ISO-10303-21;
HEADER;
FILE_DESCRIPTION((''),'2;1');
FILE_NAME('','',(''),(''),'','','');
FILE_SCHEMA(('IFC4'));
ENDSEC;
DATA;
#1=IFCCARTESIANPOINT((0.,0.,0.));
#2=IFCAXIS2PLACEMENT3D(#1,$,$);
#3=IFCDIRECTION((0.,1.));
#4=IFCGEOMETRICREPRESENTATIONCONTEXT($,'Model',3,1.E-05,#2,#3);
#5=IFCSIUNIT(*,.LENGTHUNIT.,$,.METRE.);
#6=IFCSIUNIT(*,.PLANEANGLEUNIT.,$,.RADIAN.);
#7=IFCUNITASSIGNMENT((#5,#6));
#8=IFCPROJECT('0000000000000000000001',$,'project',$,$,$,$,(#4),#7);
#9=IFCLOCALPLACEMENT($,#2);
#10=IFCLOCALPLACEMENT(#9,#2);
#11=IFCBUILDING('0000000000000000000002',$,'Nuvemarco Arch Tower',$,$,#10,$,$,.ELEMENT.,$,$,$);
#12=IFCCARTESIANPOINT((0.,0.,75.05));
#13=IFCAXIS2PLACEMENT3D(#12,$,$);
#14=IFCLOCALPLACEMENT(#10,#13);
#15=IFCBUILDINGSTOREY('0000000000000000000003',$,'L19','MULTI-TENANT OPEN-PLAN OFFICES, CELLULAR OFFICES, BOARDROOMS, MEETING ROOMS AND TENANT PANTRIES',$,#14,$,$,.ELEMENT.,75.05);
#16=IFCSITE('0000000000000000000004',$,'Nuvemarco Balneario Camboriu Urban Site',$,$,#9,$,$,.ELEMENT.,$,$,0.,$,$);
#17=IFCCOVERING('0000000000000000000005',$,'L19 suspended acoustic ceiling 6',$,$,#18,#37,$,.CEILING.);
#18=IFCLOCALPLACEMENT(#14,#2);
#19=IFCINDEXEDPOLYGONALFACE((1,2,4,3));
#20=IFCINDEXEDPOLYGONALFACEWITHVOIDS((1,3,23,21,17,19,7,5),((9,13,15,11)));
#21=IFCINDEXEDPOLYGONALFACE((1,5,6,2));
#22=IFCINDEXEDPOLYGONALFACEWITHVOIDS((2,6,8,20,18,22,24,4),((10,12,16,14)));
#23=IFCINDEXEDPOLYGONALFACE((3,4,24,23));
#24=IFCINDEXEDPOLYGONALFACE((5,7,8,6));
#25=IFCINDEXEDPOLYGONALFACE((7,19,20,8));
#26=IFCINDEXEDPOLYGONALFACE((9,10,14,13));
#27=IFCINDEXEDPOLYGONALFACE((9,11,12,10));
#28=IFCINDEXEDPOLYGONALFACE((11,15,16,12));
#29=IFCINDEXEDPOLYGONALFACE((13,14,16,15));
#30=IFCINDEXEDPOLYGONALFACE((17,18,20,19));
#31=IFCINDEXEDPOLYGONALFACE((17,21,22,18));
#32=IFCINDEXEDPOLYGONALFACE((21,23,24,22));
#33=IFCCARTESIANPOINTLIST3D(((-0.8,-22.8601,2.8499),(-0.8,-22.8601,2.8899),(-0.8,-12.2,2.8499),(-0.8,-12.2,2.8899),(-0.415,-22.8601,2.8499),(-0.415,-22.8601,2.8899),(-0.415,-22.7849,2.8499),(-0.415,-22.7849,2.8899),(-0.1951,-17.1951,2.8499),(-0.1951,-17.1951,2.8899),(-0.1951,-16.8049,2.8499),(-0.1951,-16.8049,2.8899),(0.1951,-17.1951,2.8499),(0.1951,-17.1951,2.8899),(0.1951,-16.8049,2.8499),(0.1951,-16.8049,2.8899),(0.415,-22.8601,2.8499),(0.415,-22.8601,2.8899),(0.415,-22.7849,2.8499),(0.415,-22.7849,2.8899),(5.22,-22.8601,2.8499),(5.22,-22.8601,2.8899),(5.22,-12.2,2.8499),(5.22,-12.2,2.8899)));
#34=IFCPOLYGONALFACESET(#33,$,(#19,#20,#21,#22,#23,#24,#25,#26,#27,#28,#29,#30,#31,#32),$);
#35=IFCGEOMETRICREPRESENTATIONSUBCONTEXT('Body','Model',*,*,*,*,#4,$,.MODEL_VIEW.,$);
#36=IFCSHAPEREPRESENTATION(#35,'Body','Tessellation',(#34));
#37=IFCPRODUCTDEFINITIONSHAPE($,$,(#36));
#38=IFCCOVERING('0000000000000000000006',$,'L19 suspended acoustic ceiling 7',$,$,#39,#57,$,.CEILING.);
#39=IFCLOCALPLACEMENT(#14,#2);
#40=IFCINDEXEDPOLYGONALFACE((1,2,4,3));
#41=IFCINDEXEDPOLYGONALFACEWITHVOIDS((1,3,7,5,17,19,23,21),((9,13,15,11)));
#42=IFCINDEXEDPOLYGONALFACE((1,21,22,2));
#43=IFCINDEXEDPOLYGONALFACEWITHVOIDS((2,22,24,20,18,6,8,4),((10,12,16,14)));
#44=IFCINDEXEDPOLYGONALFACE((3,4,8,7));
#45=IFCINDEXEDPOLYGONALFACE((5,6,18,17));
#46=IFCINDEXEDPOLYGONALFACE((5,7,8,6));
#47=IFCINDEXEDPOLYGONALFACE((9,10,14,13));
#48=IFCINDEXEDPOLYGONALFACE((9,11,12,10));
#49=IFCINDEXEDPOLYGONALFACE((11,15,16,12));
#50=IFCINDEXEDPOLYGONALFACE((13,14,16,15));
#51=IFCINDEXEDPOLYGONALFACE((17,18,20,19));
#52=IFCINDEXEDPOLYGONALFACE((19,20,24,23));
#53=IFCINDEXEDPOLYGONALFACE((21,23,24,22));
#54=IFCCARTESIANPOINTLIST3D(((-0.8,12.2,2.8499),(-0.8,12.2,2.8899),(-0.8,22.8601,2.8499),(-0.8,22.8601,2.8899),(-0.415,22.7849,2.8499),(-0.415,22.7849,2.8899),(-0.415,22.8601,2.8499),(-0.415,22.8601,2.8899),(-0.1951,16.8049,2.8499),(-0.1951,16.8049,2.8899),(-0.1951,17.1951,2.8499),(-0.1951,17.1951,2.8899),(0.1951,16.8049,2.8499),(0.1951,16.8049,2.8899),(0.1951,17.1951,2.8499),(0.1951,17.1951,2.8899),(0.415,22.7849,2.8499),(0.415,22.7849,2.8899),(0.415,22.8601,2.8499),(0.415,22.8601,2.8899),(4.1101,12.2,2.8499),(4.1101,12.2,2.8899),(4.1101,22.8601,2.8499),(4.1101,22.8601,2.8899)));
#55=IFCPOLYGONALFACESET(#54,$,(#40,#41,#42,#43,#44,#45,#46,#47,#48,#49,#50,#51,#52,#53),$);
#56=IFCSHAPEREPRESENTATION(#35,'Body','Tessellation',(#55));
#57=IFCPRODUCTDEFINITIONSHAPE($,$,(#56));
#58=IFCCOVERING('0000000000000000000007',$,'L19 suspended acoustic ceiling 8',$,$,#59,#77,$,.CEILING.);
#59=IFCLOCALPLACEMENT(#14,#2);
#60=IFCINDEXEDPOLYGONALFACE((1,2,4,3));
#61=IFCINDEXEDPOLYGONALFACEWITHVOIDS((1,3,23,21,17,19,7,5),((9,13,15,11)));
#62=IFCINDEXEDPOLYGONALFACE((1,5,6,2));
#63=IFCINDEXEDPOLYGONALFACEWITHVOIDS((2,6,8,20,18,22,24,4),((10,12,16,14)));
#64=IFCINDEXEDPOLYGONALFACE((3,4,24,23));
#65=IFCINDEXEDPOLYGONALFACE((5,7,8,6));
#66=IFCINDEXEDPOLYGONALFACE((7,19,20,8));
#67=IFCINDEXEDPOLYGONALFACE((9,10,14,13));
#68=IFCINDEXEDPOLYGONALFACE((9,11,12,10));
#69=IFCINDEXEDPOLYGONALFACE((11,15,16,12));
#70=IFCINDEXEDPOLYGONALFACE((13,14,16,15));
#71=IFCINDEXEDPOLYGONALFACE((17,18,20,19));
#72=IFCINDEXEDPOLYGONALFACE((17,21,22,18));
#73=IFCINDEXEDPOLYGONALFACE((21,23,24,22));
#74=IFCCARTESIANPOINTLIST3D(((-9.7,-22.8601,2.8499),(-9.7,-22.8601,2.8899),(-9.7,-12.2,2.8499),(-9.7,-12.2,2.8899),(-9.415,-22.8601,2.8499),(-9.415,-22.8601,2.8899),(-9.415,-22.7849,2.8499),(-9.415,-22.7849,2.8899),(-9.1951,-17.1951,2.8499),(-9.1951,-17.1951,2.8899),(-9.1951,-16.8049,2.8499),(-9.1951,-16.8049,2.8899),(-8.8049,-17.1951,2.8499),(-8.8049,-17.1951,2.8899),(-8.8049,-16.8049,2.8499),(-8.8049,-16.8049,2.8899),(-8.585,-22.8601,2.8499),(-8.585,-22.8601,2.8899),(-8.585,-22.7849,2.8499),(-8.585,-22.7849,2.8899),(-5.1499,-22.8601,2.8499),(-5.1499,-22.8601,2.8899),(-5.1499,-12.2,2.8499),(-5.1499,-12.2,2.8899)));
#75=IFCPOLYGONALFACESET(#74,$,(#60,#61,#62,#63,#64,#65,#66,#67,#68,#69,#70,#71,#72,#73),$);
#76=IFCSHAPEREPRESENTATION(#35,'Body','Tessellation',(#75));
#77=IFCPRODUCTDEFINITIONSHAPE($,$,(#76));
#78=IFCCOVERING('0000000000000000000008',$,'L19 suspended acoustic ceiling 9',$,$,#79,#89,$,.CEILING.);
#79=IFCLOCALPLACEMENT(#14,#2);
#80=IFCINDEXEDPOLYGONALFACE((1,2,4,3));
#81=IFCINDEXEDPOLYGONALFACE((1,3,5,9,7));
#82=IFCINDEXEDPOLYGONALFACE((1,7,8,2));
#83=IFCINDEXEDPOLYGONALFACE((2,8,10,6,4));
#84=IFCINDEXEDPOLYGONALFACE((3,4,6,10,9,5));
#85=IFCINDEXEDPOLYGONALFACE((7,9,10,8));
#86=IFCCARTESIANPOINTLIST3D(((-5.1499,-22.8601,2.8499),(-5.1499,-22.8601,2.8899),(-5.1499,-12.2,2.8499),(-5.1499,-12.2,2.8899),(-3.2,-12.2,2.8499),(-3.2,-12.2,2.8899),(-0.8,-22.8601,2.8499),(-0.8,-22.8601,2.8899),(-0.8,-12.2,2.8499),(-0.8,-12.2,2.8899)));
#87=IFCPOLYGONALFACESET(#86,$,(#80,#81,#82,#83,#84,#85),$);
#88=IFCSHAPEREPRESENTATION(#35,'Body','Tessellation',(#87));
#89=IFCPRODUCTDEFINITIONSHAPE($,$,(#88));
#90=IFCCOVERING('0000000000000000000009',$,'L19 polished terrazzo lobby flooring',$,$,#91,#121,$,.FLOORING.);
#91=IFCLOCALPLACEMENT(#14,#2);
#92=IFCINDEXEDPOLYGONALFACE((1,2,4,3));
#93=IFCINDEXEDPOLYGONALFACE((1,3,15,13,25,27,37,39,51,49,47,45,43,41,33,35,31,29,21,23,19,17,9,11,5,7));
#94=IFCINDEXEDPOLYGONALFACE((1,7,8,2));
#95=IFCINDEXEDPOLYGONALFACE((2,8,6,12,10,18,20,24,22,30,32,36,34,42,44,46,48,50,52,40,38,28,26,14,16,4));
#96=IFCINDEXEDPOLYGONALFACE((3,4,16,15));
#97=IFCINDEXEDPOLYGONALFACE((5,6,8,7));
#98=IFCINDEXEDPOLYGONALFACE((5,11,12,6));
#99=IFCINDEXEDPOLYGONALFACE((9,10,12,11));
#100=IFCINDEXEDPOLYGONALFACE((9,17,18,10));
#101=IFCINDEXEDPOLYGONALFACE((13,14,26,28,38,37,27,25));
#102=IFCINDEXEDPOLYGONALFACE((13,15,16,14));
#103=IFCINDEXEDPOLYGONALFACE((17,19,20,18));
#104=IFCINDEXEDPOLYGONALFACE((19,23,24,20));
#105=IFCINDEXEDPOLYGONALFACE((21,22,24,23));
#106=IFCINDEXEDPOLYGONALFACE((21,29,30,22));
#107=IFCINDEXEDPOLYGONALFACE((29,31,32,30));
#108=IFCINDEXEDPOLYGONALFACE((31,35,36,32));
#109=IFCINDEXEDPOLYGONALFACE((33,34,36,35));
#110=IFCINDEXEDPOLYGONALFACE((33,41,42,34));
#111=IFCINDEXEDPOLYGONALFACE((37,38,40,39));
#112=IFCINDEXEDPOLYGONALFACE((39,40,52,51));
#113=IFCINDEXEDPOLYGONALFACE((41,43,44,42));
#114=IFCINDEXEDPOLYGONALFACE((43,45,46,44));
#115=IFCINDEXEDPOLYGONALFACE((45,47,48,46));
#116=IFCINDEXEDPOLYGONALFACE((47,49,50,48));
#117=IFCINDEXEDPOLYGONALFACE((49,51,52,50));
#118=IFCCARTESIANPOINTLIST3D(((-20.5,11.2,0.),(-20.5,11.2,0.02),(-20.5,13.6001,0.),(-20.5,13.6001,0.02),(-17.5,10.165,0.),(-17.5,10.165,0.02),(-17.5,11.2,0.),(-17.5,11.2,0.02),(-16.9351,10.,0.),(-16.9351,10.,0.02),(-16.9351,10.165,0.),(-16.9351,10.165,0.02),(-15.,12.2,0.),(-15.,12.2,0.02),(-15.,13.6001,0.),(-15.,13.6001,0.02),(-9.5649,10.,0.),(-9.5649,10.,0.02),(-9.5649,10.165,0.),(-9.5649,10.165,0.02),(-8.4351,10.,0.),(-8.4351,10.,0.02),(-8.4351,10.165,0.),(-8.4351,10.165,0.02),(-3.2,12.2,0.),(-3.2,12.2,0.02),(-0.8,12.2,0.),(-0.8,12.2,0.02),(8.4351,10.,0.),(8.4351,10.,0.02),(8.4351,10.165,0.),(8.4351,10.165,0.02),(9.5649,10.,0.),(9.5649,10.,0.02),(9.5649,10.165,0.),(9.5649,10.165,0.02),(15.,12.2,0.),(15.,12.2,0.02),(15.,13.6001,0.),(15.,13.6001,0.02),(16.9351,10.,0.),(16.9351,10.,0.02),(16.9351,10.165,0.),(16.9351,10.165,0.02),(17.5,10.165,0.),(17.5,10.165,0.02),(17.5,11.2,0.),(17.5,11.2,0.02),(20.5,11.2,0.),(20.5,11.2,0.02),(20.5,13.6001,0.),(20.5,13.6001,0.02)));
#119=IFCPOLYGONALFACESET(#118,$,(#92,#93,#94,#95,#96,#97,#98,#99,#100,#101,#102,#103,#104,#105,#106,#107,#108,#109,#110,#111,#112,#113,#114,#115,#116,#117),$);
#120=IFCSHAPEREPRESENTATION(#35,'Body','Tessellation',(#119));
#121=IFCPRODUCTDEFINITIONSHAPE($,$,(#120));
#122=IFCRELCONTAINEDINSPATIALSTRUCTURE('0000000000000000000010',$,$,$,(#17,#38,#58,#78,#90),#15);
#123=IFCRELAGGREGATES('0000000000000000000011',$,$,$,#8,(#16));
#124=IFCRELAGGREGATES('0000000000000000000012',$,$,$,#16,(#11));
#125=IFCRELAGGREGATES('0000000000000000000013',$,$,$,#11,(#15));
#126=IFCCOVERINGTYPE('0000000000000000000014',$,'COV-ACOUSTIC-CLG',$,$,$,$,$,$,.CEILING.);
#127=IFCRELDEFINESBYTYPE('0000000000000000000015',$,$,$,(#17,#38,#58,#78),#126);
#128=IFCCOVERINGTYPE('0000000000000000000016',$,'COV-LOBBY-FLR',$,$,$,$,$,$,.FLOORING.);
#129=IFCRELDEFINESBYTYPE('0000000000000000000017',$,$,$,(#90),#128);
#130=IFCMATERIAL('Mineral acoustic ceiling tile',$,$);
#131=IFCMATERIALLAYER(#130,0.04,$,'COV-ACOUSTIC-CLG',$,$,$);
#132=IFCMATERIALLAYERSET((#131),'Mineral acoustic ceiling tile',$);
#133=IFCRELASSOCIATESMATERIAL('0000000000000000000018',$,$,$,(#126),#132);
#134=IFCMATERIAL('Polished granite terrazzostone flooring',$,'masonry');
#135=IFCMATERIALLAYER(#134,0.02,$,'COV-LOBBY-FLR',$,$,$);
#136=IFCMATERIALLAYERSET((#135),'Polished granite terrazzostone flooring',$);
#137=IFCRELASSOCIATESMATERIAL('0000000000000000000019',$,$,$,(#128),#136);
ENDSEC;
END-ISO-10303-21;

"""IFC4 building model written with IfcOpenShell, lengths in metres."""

from ifc_helpers import new_model, si_unit, direction, frame, origin, place, context, subcontext, project, spatial, polyline, outline, extrude, material, layer, layer_set, type_object, element, save


model = new_model("IFC4")

# Units and contexts
model_context = context("Model", 3, precision=1e-05, world=origin(), true_north=direction((0.0, 1.0)))
body_context = subcontext(model_context, "Body", "Model", "MODEL_VIEW")
ifc_project = project(units=[si_unit("LENGTHUNIT", "METRE"), si_unit("PLANEANGLEUNIT", "RADIAN")], contexts=[model_context])

# Site, building, storey
site_placement = place(None, origin())
site = spatial("IfcSite", under=ifc_project, at=site_placement, Name="Nuvemarco Balneario Camboriu Urban Site", CompositionType="ELEMENT", RefElevation=0.0)
building_placement = place(site_placement, origin())
building = spatial("IfcBuilding", under=site, at=building_placement, Name="Nuvemarco Arch Tower", CompositionType="ELEMENT")
storey_placement = place(building_placement, frame((0.0, 0.0, 75.05)))
storey = spatial("IfcBuildingStorey", under=building, at=storey_placement, Name="L19", Description="MULTI-TENANT OPEN-PLAN OFFICES, CELLULAR OFFICES, BOARDROOMS, MEETING ROOMS AND TENANT PANTRIES", CompositionType="ELEMENT", Elevation=75.05)

# Coverings
ifc_material_1 = material(Name="Mineral acoustic ceiling tile")
ifc_layer_1 = layer(ifc_material_1, 0.04, Name="COV-ACOUSTIC-CLG")
ifc_layer_set_1 = layer_set([ifc_layer_1], Name="Mineral acoustic ceiling tile")
covering_type_1 = type_object("IfcCoveringType", Name="COV-ACOUSTIC-CLG", PredefinedType="CEILING", material=ifc_layer_set_1)
covering_1_placement = place(storey_placement, frame((0.0, 0.0, 2.8499)))
element("IfcCovering", 1, at=covering_1_placement, inside=storey, type_object=covering_type_1, Name="L19 suspended acoustic ceiling 6", PredefinedType="CEILING", context=body_context, shape_type="SweptSolid", body=[
    extrude(outline(polyline([(0.415, -22.8601), (0.415, -22.7849), (-0.415, -22.7849), (-0.415, -22.8601), (-0.8, -22.8601), (-0.8, -12.2), (5.22, -12.2), (5.22, -22.8601), (0.415, -22.8601)]), holes=[polyline([(0.1951, -17.1951), (0.1951, -16.8049), (-0.1951, -16.8049), (-0.1951, -17.1951), (0.1951, -17.1951)])]), origin(), (0.0, 0.0, 1.0), 0.04),
])
covering_2_placement = place(storey_placement, frame((0.0, 0.0, 2.8499)))
element("IfcCovering", 2, at=covering_2_placement, inside=storey, type_object=covering_type_1, Name="L19 suspended acoustic ceiling 7", PredefinedType="CEILING", context=body_context, shape_type="SweptSolid", body=[
    extrude(outline(polyline([(4.1101, 12.2), (-0.8, 12.2), (-0.8, 22.8601), (-0.415, 22.8601), (-0.415, 22.7849), (0.415, 22.7849), (0.415, 22.8601), (4.1101, 22.8601), (4.1101, 12.2)]), holes=[polyline([(0.1951, 16.8049), (0.1951, 17.1951), (-0.1951, 17.1951), (-0.1951, 16.8049), (0.1951, 16.8049)])]), origin(), (0.0, 0.0, 1.0), 0.04),
])
covering_3_placement = place(storey_placement, frame((0.0, 0.0, 2.8499)))
element("IfcCovering", 3, at=covering_3_placement, inside=storey, type_object=covering_type_1, Name="L19 suspended acoustic ceiling 8", PredefinedType="CEILING", context=body_context, shape_type="SweptSolid", body=[
    extrude(outline(polyline([(-8.585, -22.8601), (-8.585, -22.7849), (-9.415, -22.7849), (-9.415, -22.8601), (-9.7, -22.8601), (-9.7, -12.2), (-5.1499, -12.2), (-5.1499, -22.8601), (-8.585, -22.8601)]), holes=[polyline([(-8.8049, -17.1951), (-8.8049, -16.8049), (-9.1951, -16.8049), (-9.1951, -17.1951), (-8.8049, -17.1951)])]), origin(), (0.0, 0.0, 1.0), 0.04),
])
covering_4_placement = place(storey_placement, frame((0.0, 0.0, 2.8499)))
element("IfcCovering", 4, at=covering_4_placement, inside=storey, type_object=covering_type_1, Name="L19 suspended acoustic ceiling 9", PredefinedType="CEILING", context=body_context, shape_type="SweptSolid", body=[
    extrude(outline(polyline([(-0.8, -22.8601), (-5.1499, -22.8601), (-5.1499, -12.2), (-3.2, -12.2), (-0.8, -12.2), (-0.8, -22.8601)])), origin(), (0.0, 0.0, 1.0), 0.04),
])
ifc_material_2 = material(Name="Polished granite terrazzostone flooring", Category="masonry")
ifc_layer_2 = layer(ifc_material_2, 0.02, Name="COV-LOBBY-FLR")
ifc_layer_set_2 = layer_set([ifc_layer_2], Name="Polished granite terrazzostone flooring")
covering_type_2 = type_object("IfcCoveringType", Name="COV-LOBBY-FLR", PredefinedType="FLOORING", material=ifc_layer_set_2)
covering_5_placement = place(storey_placement, origin())
element("IfcCovering", 5, at=covering_5_placement, inside=storey, type_object=covering_type_2, Name="L19 polished terrazzo lobby flooring", PredefinedType="FLOORING", context=body_context, shape_type="SweptSolid", body=[
    extrude(outline(polyline([(-8.4351, 10.165), (-9.5649, 10.165), (-9.5649, 10.0), (-16.9351, 10.0), (-16.9351, 10.165), (-17.5, 10.165), (-17.5, 11.2), (-20.5, 11.2), (-20.5, 13.6001), (-15.0, 13.6001), (-15.0, 12.2), (-3.2, 12.2), (-0.8, 12.2), (15.0, 12.2), (15.0, 13.6001), (20.5, 13.6001), (20.5, 11.2), (17.5, 11.2), (17.5, 10.165), (16.9351, 10.165), (16.9351, 10.0), (9.5649, 10.0), (9.5649, 10.165), (8.4351, 10.165), (8.4351, 10.0), (-8.4351, 10.0), (-8.4351, 10.165)])), origin(), (0.0, 0.0, 1.0), 0.02),
])

save(model, "model.ifc")
